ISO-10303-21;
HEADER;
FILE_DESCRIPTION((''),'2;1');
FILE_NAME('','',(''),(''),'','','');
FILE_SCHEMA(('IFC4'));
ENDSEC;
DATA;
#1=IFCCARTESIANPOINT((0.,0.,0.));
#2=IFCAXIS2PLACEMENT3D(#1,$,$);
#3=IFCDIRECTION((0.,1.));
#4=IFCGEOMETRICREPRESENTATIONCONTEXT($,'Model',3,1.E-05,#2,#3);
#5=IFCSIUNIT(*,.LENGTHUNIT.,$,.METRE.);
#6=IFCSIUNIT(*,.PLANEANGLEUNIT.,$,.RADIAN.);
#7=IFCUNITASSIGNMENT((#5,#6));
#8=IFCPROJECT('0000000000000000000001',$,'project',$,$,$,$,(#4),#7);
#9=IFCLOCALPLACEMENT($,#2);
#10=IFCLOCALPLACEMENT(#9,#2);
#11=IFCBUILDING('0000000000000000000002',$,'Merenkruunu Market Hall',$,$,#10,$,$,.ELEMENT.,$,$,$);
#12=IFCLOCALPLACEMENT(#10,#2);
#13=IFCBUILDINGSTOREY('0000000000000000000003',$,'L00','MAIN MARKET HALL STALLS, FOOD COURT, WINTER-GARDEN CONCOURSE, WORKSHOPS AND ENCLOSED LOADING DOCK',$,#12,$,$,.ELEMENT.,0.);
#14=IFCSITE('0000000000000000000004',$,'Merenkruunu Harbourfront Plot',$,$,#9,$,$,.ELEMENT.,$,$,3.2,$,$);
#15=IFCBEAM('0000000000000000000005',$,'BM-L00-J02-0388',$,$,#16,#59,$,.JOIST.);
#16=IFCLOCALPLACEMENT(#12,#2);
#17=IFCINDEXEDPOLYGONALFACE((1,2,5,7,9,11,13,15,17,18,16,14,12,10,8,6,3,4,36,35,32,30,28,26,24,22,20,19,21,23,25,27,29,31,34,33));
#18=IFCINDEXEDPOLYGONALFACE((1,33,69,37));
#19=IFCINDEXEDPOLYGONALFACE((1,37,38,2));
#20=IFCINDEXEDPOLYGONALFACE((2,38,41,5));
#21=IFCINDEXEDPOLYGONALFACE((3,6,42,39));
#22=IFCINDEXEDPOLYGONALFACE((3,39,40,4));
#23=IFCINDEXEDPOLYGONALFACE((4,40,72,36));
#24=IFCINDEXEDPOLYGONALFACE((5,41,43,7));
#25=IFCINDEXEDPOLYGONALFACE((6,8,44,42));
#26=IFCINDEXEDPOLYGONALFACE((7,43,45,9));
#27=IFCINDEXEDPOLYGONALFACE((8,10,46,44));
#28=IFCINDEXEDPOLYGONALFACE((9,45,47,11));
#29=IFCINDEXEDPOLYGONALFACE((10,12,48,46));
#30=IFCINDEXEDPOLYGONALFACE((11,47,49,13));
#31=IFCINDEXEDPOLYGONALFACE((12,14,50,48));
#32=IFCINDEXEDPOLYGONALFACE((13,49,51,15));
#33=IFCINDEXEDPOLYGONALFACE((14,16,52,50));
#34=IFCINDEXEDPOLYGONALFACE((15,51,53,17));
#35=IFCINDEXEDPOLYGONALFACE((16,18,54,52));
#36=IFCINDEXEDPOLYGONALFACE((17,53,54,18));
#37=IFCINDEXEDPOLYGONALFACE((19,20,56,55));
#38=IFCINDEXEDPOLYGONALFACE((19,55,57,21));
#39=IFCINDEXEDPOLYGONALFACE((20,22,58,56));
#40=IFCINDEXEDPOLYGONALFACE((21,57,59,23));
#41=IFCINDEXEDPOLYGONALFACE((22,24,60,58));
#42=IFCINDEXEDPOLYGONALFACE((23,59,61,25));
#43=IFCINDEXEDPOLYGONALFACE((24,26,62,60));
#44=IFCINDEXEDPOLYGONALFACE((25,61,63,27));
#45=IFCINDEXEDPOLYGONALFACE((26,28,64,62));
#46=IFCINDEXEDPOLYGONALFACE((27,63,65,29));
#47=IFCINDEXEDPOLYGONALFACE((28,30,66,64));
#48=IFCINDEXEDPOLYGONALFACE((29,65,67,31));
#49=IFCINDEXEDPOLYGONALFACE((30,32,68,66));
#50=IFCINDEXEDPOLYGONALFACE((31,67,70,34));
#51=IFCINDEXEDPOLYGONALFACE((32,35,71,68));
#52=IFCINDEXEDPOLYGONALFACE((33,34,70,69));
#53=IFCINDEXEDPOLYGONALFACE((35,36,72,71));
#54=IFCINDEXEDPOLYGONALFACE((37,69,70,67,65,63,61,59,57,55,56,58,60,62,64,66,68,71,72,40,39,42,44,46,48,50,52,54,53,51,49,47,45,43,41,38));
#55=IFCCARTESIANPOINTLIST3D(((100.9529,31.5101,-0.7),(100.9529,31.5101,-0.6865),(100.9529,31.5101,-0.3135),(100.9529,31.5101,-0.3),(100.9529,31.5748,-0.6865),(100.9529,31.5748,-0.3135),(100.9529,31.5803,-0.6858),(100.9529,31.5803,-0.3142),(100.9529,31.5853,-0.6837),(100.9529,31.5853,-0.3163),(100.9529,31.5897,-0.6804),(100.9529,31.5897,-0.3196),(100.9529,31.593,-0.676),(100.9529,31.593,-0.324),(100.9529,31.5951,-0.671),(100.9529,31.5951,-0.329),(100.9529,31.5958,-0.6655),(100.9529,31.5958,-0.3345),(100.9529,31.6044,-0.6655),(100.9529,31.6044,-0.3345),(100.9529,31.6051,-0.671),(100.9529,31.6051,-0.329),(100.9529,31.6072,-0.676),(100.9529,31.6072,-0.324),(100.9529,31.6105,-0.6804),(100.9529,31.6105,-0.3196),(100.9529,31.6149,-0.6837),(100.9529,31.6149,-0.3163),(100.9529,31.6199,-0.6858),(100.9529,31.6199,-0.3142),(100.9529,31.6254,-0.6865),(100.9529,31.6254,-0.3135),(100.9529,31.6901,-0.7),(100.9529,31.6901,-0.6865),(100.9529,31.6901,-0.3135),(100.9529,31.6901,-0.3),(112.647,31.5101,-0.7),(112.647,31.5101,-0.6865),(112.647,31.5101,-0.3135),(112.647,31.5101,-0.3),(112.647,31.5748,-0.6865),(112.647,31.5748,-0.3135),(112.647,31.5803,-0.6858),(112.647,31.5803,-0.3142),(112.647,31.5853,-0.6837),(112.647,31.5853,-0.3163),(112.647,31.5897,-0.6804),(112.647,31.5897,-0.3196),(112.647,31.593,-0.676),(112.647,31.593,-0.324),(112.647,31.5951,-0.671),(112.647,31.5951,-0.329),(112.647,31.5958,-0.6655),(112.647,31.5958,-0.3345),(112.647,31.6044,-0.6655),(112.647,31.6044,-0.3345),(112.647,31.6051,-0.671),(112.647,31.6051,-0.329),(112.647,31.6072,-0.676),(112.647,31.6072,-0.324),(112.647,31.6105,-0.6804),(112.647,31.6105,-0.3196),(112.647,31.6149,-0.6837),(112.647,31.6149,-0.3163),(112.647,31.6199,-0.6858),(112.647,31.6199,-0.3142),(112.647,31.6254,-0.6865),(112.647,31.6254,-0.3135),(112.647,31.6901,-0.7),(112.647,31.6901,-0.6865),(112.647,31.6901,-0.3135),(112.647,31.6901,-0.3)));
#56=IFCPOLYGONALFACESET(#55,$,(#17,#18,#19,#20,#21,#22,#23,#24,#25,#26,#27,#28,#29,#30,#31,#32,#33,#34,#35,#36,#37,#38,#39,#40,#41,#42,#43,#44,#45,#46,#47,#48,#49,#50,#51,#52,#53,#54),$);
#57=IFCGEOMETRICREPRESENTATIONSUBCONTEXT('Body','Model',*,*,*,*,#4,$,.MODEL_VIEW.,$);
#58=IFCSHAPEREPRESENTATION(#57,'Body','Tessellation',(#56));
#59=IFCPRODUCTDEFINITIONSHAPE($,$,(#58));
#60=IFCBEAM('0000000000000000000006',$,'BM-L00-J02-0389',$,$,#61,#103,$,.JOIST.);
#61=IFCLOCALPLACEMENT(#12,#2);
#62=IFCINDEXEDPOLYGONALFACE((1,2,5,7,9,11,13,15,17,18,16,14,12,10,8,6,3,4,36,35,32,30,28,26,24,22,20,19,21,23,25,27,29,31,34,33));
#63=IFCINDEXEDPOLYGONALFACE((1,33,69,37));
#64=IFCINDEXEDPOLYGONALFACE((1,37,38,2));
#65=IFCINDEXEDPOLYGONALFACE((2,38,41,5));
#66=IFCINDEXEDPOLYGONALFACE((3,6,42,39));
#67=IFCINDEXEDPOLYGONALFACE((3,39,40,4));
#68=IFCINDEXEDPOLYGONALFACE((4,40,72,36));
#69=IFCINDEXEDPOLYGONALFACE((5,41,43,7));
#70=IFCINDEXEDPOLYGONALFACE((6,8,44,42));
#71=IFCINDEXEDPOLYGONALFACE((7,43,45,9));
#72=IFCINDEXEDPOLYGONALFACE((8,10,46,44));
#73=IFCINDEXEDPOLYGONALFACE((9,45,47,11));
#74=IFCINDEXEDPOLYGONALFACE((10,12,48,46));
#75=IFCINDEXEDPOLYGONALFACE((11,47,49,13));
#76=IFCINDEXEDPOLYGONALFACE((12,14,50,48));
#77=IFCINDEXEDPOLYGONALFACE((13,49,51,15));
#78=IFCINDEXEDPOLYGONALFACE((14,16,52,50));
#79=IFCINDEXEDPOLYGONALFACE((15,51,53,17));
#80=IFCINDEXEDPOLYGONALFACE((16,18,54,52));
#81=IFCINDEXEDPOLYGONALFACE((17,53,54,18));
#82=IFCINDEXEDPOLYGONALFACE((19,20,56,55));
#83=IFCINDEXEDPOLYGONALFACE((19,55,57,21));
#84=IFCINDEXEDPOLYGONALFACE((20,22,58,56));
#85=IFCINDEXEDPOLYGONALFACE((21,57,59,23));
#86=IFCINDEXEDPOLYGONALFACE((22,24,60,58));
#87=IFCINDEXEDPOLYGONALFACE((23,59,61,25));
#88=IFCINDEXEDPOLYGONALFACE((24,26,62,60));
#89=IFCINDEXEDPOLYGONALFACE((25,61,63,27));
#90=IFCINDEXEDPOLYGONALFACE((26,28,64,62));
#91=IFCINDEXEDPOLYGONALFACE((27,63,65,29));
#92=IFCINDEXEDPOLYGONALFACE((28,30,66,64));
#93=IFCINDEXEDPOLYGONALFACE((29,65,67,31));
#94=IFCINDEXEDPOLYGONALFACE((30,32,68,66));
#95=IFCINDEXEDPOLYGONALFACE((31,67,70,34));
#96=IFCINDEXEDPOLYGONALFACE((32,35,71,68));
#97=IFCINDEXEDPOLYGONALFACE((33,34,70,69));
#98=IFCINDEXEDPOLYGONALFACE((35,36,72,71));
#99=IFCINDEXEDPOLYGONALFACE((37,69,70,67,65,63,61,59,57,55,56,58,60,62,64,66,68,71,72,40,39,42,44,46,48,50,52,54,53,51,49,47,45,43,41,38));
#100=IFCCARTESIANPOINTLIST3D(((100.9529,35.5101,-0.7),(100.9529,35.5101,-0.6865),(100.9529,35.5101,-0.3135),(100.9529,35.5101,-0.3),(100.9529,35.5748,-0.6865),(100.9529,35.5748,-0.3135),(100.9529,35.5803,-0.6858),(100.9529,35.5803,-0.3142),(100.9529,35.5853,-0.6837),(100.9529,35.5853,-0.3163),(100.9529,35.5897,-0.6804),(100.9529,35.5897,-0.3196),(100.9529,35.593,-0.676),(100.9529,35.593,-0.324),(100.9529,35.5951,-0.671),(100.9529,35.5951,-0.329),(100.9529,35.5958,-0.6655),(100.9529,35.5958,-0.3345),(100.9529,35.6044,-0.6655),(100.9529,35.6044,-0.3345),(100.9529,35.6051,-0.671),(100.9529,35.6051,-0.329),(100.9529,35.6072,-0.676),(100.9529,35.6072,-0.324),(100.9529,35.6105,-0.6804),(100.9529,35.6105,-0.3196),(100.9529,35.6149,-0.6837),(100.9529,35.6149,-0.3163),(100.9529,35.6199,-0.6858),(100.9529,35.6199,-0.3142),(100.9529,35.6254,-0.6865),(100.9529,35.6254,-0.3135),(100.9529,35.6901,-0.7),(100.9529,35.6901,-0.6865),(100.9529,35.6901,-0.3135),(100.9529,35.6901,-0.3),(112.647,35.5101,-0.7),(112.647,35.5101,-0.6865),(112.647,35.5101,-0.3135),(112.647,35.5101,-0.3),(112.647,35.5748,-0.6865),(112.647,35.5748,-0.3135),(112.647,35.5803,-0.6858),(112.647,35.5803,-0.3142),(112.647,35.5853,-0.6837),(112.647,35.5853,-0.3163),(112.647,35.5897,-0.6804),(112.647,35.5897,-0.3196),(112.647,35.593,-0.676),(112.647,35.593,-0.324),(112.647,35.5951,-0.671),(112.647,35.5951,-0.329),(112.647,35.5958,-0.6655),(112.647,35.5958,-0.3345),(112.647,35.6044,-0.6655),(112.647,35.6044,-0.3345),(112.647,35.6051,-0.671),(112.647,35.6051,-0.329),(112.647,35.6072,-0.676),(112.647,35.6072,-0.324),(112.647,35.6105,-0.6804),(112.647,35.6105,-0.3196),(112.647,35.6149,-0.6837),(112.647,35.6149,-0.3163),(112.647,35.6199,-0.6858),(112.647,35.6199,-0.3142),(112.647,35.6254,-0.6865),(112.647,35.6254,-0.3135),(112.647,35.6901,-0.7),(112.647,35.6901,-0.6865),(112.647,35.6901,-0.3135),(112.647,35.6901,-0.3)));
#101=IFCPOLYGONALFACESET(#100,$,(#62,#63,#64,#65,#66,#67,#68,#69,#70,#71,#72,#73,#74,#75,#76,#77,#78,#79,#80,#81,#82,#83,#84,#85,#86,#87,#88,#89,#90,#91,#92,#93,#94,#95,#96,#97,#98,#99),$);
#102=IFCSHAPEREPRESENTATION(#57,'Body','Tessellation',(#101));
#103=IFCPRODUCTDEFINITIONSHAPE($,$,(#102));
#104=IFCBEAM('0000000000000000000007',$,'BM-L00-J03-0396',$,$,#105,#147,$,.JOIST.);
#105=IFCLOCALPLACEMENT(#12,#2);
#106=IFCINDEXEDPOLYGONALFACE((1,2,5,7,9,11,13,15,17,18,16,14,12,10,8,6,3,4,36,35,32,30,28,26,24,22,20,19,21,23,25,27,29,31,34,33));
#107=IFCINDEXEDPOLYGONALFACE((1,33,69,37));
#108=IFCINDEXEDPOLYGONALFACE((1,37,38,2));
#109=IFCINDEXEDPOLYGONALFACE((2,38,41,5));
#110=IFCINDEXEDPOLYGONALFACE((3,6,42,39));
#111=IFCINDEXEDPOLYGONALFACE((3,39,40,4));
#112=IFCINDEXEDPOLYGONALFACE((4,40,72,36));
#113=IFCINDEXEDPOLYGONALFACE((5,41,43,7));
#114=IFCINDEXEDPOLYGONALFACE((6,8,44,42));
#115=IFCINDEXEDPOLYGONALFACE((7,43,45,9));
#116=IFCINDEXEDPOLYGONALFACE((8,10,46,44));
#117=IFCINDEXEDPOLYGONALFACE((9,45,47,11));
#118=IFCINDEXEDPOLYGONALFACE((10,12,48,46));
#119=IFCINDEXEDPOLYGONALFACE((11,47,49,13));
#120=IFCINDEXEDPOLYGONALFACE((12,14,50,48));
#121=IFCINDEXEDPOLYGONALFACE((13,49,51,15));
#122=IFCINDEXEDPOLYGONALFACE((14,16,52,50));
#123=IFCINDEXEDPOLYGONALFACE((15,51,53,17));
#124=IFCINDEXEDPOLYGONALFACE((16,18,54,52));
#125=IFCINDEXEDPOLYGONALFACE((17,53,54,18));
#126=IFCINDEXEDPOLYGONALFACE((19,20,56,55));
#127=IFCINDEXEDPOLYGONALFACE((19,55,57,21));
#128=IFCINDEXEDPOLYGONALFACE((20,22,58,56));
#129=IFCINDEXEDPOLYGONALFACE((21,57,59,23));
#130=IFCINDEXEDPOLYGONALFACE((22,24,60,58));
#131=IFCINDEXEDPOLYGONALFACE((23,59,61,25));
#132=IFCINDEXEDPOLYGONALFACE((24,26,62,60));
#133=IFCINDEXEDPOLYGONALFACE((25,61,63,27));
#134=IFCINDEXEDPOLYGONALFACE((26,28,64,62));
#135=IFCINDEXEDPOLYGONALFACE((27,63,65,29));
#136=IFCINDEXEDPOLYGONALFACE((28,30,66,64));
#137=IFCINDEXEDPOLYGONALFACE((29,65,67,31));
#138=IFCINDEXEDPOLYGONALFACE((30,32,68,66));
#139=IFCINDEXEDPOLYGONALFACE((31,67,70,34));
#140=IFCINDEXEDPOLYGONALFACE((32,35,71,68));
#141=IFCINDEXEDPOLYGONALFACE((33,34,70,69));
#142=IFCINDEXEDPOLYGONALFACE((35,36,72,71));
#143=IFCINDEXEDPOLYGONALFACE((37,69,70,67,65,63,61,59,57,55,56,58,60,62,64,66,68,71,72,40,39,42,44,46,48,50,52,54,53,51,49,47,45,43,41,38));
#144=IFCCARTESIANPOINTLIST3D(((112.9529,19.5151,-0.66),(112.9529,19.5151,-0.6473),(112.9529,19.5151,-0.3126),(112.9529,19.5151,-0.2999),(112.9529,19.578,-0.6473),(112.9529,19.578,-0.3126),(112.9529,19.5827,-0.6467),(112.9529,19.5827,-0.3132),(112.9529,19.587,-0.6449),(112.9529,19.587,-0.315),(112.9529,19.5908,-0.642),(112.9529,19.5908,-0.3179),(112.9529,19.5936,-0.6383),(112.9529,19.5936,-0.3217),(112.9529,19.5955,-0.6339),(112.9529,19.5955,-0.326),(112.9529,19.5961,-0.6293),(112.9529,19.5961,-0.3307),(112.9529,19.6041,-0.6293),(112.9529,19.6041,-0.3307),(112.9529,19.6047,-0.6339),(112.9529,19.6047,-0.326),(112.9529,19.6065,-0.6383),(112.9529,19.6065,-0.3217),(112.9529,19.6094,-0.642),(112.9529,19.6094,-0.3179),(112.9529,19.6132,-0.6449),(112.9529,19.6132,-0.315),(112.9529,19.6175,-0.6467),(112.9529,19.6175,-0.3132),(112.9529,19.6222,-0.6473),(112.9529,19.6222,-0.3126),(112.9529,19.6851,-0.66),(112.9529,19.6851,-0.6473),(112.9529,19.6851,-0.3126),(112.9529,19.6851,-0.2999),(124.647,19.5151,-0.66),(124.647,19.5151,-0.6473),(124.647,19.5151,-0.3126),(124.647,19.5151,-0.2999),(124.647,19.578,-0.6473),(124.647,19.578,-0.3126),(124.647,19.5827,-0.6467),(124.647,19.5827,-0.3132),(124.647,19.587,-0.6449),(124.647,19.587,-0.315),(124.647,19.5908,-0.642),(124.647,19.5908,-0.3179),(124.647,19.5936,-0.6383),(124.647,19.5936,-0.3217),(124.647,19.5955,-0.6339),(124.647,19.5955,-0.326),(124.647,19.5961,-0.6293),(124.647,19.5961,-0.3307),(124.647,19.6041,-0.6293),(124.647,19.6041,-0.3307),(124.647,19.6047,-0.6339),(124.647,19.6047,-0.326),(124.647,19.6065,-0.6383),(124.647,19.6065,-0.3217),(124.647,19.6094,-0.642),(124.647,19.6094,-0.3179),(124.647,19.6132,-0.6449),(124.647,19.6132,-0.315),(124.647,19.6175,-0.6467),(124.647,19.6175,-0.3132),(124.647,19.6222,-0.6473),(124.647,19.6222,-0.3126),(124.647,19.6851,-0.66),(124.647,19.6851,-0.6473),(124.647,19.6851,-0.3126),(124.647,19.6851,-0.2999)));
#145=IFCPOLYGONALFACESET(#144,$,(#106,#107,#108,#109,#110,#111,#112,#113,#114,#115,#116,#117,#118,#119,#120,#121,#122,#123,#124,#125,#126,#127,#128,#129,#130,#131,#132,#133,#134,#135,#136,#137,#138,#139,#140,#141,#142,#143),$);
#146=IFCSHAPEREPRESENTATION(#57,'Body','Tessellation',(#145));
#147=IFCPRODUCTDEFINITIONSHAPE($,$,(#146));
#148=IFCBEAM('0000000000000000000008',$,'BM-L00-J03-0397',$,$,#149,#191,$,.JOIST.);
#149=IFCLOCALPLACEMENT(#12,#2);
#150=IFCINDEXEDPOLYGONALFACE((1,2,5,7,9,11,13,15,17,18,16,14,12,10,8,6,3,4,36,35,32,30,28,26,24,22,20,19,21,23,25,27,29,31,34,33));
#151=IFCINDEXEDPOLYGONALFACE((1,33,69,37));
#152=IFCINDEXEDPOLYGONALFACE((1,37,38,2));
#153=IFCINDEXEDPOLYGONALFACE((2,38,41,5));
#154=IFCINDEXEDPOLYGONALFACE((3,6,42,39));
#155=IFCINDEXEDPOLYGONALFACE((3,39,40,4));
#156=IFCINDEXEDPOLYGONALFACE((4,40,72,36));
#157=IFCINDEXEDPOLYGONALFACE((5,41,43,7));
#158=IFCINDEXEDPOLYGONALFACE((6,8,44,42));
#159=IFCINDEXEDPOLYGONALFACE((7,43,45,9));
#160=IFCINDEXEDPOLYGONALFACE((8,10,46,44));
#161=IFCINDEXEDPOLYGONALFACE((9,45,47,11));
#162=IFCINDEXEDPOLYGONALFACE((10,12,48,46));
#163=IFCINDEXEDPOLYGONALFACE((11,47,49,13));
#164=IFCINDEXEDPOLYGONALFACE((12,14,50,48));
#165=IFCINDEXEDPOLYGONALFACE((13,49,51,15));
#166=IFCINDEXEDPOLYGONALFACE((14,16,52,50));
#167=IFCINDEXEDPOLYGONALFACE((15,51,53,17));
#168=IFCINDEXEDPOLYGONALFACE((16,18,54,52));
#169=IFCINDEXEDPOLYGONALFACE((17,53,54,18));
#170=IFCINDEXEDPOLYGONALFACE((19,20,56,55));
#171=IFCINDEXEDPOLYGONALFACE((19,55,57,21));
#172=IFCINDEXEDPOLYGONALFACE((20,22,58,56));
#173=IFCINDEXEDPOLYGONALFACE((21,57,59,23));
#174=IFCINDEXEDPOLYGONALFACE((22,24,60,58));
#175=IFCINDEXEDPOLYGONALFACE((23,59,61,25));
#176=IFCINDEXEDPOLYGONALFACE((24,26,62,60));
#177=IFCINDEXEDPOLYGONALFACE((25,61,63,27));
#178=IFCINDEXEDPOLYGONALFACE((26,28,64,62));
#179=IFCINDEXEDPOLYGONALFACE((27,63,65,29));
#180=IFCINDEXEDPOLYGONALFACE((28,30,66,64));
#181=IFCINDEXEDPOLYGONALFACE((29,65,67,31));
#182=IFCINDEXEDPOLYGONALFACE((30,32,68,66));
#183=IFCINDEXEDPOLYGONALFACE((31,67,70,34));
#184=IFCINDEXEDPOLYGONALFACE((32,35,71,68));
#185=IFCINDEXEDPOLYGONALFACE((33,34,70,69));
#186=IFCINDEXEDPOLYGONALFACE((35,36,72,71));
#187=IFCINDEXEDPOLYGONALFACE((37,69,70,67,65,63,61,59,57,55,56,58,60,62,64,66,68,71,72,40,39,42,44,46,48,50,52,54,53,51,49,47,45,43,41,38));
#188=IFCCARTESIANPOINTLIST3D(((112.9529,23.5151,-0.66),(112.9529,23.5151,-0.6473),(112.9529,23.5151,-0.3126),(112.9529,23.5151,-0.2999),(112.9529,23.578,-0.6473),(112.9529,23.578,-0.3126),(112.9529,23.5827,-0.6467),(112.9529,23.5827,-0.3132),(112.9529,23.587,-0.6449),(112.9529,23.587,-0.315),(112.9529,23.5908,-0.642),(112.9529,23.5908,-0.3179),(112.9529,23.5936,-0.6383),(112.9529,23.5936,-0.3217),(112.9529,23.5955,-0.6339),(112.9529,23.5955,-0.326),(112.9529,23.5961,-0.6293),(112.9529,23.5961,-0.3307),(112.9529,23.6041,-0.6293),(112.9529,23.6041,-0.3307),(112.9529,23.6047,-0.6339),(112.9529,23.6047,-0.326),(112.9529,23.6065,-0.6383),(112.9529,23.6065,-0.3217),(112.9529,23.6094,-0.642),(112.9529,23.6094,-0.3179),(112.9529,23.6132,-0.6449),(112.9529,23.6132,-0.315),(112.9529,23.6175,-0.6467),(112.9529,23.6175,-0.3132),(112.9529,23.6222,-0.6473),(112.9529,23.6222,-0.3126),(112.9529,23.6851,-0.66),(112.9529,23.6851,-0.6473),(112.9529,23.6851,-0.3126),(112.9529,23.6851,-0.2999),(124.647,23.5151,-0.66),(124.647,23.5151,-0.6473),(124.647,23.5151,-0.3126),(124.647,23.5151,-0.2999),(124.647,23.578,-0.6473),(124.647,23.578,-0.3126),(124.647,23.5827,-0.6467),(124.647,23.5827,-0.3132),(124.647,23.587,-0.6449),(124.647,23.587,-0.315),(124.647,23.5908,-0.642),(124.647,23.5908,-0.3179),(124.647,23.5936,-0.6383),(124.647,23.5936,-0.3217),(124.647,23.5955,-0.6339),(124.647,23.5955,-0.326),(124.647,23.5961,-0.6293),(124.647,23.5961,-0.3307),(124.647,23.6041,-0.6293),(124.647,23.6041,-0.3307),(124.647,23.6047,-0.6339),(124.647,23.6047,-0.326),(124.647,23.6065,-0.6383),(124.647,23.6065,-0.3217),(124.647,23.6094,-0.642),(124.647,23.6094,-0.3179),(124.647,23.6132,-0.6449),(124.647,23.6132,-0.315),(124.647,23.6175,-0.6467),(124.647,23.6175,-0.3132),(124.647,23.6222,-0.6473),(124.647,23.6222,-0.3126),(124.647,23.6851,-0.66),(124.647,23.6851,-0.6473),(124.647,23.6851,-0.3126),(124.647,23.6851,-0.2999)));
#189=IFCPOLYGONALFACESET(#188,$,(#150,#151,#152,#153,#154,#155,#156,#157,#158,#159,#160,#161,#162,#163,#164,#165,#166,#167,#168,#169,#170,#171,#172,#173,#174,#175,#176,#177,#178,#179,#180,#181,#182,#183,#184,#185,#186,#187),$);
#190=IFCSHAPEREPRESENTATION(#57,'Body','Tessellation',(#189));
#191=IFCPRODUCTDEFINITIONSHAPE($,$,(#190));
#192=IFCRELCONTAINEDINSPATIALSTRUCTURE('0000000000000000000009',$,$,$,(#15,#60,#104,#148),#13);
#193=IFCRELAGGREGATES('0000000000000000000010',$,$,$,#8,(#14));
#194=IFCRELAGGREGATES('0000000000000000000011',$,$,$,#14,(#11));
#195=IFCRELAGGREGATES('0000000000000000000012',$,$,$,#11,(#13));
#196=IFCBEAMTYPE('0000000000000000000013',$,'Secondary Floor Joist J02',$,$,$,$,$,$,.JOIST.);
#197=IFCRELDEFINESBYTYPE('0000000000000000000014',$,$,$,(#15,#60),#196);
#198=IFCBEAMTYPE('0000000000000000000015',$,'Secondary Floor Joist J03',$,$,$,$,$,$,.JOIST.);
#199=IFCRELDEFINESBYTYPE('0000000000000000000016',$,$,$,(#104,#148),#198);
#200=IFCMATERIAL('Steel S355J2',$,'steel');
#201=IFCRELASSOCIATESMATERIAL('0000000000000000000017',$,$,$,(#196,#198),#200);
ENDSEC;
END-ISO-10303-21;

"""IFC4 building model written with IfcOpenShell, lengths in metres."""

from ifc_helpers import new_model, si_unit, direction, frame, origin, origin_2d, place, context, subcontext, project, spatial, i_section, extrude, material, material_profile, profile_set, type_object, element, save


model = new_model("IFC4")

# Units and contexts
model_context = context("Model", 3, precision=1e-05, world=origin(), true_north=direction((0.0, 1.0)))
body_context = subcontext(model_context, "Body", "Model", "MODEL_VIEW")
ifc_project = project(units=[si_unit("LENGTHUNIT", "METRE"), si_unit("PLANEANGLEUNIT", "RADIAN")], contexts=[model_context])

# Site, building, storey
site_placement = place(None, origin())
site = spatial("IfcSite", under=ifc_project, at=site_placement, Name="Merenkruunu Harbourfront Plot", CompositionType="ELEMENT", RefElevation=3.2)
building_placement = place(site_placement, origin())
building = spatial("IfcBuilding", under=site, at=building_placement, Name="Merenkruunu Market Hall", CompositionType="ELEMENT")
storey_placement = place(building_placement, origin())
storey = spatial("IfcBuildingStorey", under=building, at=storey_placement, Name="L00", Description="MAIN MARKET HALL STALLS, FOOD COURT, WINTER-GARDEN CONCOURSE, WORKSHOPS AND ENCLOSED LOADING DOCK", CompositionType="ELEMENT", Elevation=0.0)

# Shared definitions
ifc_material_1 = material(Name="Steel S355J2", Category="steel")

# Beams
ifc_material_profile_1 = material_profile(ifc_material_1, i_section(OverallWidth=0.1799, OverallDepth=0.3999, WebThickness=0.0085, FlangeThickness=0.0134, FilletRadius=0.021, at=origin_2d()), Name="IPE 400")
ifc_profile_set_1 = profile_set([ifc_material_profile_1], Name="Steel S355J2")
beam_type_1 = type_object("IfcBeamType", Name="Secondary Floor Joist J02", PredefinedType="JOIST", material=ifc_profile_set_1)
for number, where, z_axis, x_axis, name in (
    (1, (100.9529, 31.6001, -0.5), (1.0, 0.0, 0.0), (0.0, 1.0, 0.0), "BM-L00-J02-0388"),
    (2, (100.9529, 35.6001, -0.5), (1.0, 0.0, 0.0), (0.0, 1.0, 0.0), "BM-L00-J02-0389"),
):
    element("IfcBeam", number, at=place(storey_placement, frame(where, z_axis=z_axis, x_axis=x_axis)), inside=storey, type_object=beam_type_1, Name=name, PredefinedType="JOIST", context=body_context, shape_type="SweptSolid", body=[
        extrude(i_section(OverallWidth=0.1799, OverallDepth=0.3999, WebThickness=0.0085, FlangeThickness=0.0134, FilletRadius=0.021, at=origin_2d()), origin(), (0.0, 0.0, 1.0), 11.6941),
    ])
ifc_material_profile_2 = material_profile(ifc_material_1, i_section(OverallWidth=0.1699, OverallDepth=0.3601, WebThickness=0.0081, FlangeThickness=0.0127, FilletRadius=0.0181, at=origin_2d()), Name="IPE 360")
ifc_profile_set_2 = profile_set([ifc_material_profile_2], Name="Steel S355J2")
beam_type_2 = type_object("IfcBeamType", Name="Secondary Floor Joist J03", PredefinedType="JOIST", material=ifc_profile_set_2)
for number, where, z_axis, x_axis, name in (
    (3, (112.9529, 19.6001, -0.48), (1.0, 0.0, 0.0), (0.0, 1.0, 0.0), "BM-L00-J03-0396"),
    (4, (112.9529, 23.6001, -0.48), (1.0, 0.0, 0.0), (0.0, 1.0, 0.0), "BM-L00-J03-0397"),
):
    element("IfcBeam", number, at=place(storey_placement, frame(where, z_axis=z_axis, x_axis=x_axis)), inside=storey, type_object=beam_type_2, Name=name, PredefinedType="JOIST", context=body_context, shape_type="SweptSolid", body=[
        extrude(i_section(OverallWidth=0.1699, OverallDepth=0.3601, WebThickness=0.0081, FlangeThickness=0.0127, FilletRadius=0.0181, at=origin_2d()), origin(), (0.0, 0.0, 1.0), 11.6941),
    ])

save(model, "model.ifc")
